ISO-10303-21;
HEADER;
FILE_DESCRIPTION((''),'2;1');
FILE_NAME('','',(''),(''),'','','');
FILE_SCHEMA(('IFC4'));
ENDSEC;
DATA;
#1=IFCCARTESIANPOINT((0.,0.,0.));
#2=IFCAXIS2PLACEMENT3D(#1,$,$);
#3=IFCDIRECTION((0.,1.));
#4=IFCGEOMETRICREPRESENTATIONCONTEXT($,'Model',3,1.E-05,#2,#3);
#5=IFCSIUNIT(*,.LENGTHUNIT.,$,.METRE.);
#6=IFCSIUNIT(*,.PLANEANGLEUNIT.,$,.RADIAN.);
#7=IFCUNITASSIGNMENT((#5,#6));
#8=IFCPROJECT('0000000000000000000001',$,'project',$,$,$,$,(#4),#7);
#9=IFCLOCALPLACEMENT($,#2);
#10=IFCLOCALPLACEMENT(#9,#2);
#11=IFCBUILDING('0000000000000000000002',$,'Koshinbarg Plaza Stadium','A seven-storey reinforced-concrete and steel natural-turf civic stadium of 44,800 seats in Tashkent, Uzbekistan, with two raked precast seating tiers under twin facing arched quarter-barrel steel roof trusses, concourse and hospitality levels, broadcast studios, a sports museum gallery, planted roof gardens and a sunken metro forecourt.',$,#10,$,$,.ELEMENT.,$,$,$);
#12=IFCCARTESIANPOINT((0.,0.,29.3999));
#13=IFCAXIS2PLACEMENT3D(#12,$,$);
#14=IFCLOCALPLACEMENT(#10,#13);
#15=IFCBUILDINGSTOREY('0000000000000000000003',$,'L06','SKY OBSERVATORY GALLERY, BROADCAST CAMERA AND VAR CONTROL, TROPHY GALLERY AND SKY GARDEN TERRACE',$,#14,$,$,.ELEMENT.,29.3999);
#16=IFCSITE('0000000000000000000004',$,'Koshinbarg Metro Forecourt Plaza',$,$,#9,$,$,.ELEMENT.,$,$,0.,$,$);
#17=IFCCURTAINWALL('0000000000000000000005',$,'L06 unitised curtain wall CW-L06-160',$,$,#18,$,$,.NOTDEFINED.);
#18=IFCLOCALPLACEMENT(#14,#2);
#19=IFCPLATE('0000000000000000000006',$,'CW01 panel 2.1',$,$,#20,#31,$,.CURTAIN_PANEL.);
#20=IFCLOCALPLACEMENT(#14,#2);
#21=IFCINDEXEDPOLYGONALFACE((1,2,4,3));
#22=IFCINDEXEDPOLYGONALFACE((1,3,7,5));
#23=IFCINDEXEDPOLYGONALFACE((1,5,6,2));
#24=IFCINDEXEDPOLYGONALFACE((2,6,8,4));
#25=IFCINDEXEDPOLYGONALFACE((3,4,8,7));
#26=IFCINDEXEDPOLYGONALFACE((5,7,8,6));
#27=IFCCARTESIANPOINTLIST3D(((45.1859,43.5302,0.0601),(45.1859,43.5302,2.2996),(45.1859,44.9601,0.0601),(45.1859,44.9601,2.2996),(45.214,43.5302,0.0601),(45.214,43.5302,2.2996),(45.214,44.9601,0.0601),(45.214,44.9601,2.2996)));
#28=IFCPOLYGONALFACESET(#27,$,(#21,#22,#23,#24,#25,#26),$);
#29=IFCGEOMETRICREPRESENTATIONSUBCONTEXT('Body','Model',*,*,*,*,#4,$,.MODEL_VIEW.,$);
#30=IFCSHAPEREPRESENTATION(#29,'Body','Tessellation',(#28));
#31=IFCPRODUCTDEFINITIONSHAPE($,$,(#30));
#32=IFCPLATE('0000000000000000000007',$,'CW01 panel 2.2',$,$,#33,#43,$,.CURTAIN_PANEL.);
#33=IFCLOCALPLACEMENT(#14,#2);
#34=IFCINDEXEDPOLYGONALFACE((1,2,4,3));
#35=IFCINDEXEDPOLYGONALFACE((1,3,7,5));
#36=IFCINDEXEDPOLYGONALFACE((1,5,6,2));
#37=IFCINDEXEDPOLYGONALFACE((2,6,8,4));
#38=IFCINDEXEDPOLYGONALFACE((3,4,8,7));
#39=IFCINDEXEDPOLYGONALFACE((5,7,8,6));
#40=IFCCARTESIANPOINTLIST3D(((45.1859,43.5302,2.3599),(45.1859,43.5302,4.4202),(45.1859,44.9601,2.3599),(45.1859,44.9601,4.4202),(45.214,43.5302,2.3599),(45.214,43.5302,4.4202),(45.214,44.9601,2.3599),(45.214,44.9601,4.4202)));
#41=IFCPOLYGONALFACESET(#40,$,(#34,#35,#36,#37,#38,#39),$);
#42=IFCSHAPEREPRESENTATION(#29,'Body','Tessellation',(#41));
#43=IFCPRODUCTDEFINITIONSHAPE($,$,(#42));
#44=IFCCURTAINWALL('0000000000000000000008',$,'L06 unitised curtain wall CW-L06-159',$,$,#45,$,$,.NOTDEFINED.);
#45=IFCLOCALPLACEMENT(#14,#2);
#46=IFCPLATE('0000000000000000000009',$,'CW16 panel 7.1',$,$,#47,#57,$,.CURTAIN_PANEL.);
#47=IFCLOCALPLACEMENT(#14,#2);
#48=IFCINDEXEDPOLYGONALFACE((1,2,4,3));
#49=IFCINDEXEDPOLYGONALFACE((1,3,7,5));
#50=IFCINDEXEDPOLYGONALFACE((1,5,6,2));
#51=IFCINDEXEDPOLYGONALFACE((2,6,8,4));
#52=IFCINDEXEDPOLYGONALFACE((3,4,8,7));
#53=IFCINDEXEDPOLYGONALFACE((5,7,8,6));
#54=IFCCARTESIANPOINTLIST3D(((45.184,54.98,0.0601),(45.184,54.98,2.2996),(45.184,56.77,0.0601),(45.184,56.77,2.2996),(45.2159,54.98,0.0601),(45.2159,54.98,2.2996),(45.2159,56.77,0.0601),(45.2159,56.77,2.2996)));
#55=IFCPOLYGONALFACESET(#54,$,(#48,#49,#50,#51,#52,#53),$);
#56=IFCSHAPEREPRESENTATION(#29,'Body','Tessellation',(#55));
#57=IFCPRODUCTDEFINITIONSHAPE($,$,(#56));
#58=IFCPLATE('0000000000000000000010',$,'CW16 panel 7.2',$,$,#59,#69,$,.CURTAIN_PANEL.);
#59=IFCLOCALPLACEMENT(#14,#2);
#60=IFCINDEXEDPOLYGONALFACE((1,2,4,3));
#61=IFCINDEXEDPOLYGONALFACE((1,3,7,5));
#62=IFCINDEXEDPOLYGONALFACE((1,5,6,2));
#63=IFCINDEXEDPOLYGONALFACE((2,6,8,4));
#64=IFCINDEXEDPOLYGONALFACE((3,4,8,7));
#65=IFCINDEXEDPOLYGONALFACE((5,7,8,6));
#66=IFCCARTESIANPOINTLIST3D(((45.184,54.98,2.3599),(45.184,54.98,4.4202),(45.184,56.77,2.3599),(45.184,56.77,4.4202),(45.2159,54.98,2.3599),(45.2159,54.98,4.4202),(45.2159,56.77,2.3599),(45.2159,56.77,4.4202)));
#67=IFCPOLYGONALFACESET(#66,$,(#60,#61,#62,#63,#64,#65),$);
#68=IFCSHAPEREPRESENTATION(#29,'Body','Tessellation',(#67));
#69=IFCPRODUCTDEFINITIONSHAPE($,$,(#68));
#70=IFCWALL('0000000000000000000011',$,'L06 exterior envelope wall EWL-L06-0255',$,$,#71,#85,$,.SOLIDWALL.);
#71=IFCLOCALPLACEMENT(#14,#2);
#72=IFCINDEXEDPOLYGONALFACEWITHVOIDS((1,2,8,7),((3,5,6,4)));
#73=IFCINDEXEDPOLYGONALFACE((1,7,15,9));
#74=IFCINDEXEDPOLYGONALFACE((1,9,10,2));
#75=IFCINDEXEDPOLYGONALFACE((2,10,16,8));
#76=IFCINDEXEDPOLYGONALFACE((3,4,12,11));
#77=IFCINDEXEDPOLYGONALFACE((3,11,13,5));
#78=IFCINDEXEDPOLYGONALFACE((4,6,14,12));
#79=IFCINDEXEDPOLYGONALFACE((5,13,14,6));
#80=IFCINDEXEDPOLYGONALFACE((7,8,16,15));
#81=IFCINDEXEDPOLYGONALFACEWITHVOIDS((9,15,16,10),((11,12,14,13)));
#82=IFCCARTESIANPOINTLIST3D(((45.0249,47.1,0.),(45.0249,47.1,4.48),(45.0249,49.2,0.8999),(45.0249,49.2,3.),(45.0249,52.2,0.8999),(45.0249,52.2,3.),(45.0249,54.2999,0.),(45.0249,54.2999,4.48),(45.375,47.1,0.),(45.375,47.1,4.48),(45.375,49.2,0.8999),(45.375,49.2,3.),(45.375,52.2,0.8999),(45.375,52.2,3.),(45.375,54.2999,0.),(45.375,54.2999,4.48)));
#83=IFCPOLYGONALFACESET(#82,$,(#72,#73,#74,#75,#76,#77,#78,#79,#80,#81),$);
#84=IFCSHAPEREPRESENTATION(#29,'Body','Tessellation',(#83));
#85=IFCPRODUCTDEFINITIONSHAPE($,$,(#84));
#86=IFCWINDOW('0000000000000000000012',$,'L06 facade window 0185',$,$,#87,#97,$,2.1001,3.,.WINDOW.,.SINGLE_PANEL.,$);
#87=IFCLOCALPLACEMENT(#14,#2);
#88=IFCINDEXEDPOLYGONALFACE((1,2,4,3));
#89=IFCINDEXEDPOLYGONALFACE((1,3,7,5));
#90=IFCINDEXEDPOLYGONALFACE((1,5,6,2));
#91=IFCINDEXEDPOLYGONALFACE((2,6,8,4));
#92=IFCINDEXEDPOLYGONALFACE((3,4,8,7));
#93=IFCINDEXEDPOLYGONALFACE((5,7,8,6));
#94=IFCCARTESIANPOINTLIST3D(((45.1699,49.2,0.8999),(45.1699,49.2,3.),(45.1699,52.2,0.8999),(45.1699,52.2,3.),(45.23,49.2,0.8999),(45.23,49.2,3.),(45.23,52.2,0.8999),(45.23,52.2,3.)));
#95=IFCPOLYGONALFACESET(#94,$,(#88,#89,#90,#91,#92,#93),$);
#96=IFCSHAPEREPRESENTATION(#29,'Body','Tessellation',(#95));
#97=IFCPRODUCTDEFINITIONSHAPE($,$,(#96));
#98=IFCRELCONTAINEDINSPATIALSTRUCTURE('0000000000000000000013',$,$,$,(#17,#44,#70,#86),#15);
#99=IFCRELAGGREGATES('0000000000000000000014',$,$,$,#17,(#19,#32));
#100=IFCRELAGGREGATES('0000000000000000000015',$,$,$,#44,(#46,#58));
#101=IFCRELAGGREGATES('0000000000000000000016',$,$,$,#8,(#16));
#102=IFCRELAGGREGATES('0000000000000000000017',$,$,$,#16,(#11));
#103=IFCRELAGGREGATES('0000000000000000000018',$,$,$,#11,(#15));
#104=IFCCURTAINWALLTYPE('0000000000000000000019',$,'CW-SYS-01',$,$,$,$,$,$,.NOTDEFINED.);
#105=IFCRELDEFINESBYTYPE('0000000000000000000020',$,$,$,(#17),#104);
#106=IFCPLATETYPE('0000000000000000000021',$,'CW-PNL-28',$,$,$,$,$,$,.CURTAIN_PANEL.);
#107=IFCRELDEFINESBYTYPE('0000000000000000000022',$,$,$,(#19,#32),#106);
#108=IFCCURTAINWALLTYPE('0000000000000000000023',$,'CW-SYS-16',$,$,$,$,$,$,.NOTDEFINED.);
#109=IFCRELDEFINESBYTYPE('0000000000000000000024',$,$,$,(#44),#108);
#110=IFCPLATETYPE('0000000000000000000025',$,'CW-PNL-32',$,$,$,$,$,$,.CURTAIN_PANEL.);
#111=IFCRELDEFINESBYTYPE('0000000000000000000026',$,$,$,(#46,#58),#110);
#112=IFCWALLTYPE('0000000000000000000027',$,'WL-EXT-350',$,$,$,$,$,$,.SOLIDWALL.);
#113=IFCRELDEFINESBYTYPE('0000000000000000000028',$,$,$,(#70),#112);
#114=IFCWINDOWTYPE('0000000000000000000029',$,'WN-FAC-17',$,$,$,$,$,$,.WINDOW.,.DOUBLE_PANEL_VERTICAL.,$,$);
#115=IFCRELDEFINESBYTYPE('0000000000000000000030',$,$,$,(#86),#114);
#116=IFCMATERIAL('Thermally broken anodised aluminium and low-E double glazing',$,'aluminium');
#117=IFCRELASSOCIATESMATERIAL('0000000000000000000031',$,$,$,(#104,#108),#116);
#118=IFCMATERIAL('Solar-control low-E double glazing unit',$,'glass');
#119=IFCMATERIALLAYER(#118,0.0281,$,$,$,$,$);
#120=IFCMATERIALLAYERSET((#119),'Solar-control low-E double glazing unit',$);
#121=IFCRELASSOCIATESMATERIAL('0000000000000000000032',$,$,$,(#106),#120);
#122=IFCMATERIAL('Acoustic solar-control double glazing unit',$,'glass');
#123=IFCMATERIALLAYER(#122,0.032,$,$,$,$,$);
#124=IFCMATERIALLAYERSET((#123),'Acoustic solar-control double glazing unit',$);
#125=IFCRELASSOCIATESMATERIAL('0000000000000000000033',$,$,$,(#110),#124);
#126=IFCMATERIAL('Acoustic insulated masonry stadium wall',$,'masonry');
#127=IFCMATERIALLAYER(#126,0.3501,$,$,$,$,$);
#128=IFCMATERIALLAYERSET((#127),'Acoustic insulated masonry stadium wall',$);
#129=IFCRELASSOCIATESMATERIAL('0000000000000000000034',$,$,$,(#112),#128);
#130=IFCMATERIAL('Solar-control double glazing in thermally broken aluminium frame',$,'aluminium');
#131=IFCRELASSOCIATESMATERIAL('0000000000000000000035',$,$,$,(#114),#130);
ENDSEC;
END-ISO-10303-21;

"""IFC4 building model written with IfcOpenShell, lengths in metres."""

from ifc_helpers import new_model, si_unit, direction, frame, frame_2d, origin, origin_2d, place, context, subcontext, project, spatial, rectangle, extrude, material, layer, layer_set, type_object, element, fill, aggregate, save


model = new_model("IFC4")

# Units and contexts
model_context = context("Model", 3, precision=1e-05, world=origin(), true_north=direction((0.0, 1.0)))
body_context = subcontext(model_context, "Body", "Model", "MODEL_VIEW")
ifc_project = project(units=[si_unit("LENGTHUNIT", "METRE"), si_unit("PLANEANGLEUNIT", "RADIAN")], contexts=[model_context])

# Site, building, storey
site_placement = place(None, origin())
site = spatial("IfcSite", under=ifc_project, at=site_placement, Name="Koshinbarg Metro Forecourt Plaza", CompositionType="ELEMENT", RefElevation=0.0)
building_placement = place(site_placement, origin())
building = spatial("IfcBuilding", under=site, at=building_placement, Name="Koshinbarg Plaza Stadium", Description="A seven-storey reinforced-concrete and steel natural-turf civic stadium of 44,800 seats in Tashkent, Uzbekistan, with two raked precast seating tiers under twin facing arched quarter-barrel steel roof trusses, concourse and hospitality levels, broadcast studios, a sports museum gallery, planted roof gardens and a sunken metro forecourt.", CompositionType="ELEMENT")
storey_placement = place(building_placement, frame((0.0, 0.0, 29.3999)))
storey = spatial("IfcBuildingStorey", under=building, at=storey_placement, Name="L06", Description="SKY OBSERVATORY GALLERY, BROADCAST CAMERA AND VAR CONTROL, TROPHY GALLERY AND SKY GARDEN TERRACE", CompositionType="ELEMENT", Elevation=29.3999)

# Curtain wall, plates
ifc_material_1 = material(Name="Thermally broken anodised aluminium and low-E double glazing", Category="aluminium")
curtain_wall_type_1 = type_object("IfcCurtainWallType", Name="CW-SYS-01", PredefinedType="NOTDEFINED", material=ifc_material_1)
curtain_wall_1_placement = place(storey_placement, origin())
curtain_wall_1 = element("IfcCurtainWall", 1, at=curtain_wall_1_placement, inside=storey, type_object=curtain_wall_type_1, Name="L06 unitised curtain wall CW-L06-160", PredefinedType="NOTDEFINED")
ifc_material_2 = material(Name="Solar-control low-E double glazing unit", Category="glass")
ifc_layer_1 = layer(ifc_material_2, 0.0281)
ifc_layer_set_1 = layer_set([ifc_layer_1], Name="Solar-control low-E double glazing unit")
plate_type_1 = type_object("IfcPlateType", Name="CW-PNL-28", PredefinedType="CURTAIN_PANEL", material=ifc_layer_set_1)
plate_1_placement = place(storey_placement, frame((45.2, 44.2451, 0.0601), z_axis=(0.0, 0.0, 1.0), x_axis=(0.0, -1.0, 0.0)))
plate_1 = element("IfcPlate", 2, at=plate_1_placement, type_object=plate_type_1, Name="CW01 panel 2.1", PredefinedType="CURTAIN_PANEL", context=body_context, shape_type="SweptSolid", body=[
    extrude(rectangle(XDim=1.4299, YDim=0.0281, at=origin_2d()), origin(), (0.0, 0.0, 1.0), 2.2395),
])
plate_2_placement = place(storey_placement, frame((45.2, 44.2451, 2.3599), z_axis=(0.0, 0.0, 1.0), x_axis=(0.0, -1.0, 0.0)))
plate_2 = element("IfcPlate", 3, at=plate_2_placement, type_object=plate_type_1, Name="CW01 panel 2.2", PredefinedType="CURTAIN_PANEL", context=body_context, shape_type="SweptSolid", body=[
    extrude(rectangle(XDim=1.4299, YDim=0.0281, at=origin_2d()), origin(), (0.0, 0.0, 1.0), 2.0603),
])
aggregate(curtain_wall_1, [plate_1, plate_2])

# Curtain wall, plates
curtain_wall_type_2 = type_object("IfcCurtainWallType", Name="CW-SYS-16", PredefinedType="NOTDEFINED", material=ifc_material_1)
curtain_wall_2_placement = place(storey_placement, origin())
curtain_wall_2 = element("IfcCurtainWall", 4, at=curtain_wall_2_placement, inside=storey, type_object=curtain_wall_type_2, Name="L06 unitised curtain wall CW-L06-159", PredefinedType="NOTDEFINED")
ifc_material_3 = material(Name="Acoustic solar-control double glazing unit", Category="glass")
ifc_layer_2 = layer(ifc_material_3, 0.032)
ifc_layer_set_2 = layer_set([ifc_layer_2], Name="Acoustic solar-control double glazing unit")
plate_type_2 = type_object("IfcPlateType", Name="CW-PNL-32", PredefinedType="CURTAIN_PANEL", material=ifc_layer_set_2)
plate_3_placement = place(storey_placement, frame((45.2, 55.875, 0.0601), z_axis=(0.0, 0.0, 1.0), x_axis=(0.0, -1.0, 0.0)))
plate_3 = element("IfcPlate", 5, at=plate_3_placement, type_object=plate_type_2, Name="CW16 panel 7.1", PredefinedType="CURTAIN_PANEL", context=body_context, shape_type="SweptSolid", body=[
    extrude(rectangle(XDim=1.79, YDim=0.032, at=origin_2d()), origin(), (0.0, 0.0, 1.0), 2.2395),
])
plate_4_placement = place(storey_placement, frame((45.2, 55.875, 2.3599), z_axis=(0.0, 0.0, 1.0), x_axis=(0.0, -1.0, 0.0)))
plate_4 = element("IfcPlate", 6, at=plate_4_placement, type_object=plate_type_2, Name="CW16 panel 7.2", PredefinedType="CURTAIN_PANEL", context=body_context, shape_type="SweptSolid", body=[
    extrude(rectangle(XDim=1.79, YDim=0.032, at=origin_2d()), origin(), (0.0, 0.0, 1.0), 2.0603),
])
aggregate(curtain_wall_2, [plate_3, plate_4])

# Wall, opening, window
ifc_material_4 = material(Name="Acoustic insulated masonry stadium wall", Category="masonry")
ifc_layer_3 = layer(ifc_material_4, 0.3501)
ifc_layer_set_3 = layer_set([ifc_layer_3], Name="Acoustic insulated masonry stadium wall")
wall_type = type_object("IfcWallType", Name="WL-EXT-350", PredefinedType="SOLIDWALL", material=ifc_layer_set_3)
wall_placement = place(storey_placement, frame((45.2, 54.3, 0.0), z_axis=(0.0, 0.0, 1.0), x_axis=(0.0, -1.0, 0.0)))
wall = element("IfcWall", 7, at=wall_placement, inside=storey, type_object=wall_type, Name="L06 exterior envelope wall EWL-L06-0255", PredefinedType="SOLIDWALL", context=body_context, shape_type="SweptSolid", body=[
    extrude(rectangle(XDim=7.2, YDim=0.3501, at=frame_2d((3.6001, 0.0))), origin(), (0.0, 0.0, 1.0), 4.48),
])
opening_placement = place(wall_placement, frame((2.1001, 0.0, 0.8999)))
opening = element("IfcOpeningElement", 8, at=opening_placement, cuts=wall, PredefinedType="OPENING", context=body_context, shape_type="SweptSolid", body=[
    extrude(rectangle(XDim=3.0, YDim=2.1001, at=frame_2d((1.5, 1.05))), frame((0.0, 0.1851, 0.0), z_axis=(0.0, -1.0, 0.0), x_axis=(1.0, 0.0, 0.0)), (0.0, 0.0, 1.0), 0.3701),
])
ifc_material_5 = material(Name="Solar-control double glazing in thermally broken aluminium frame", Category="aluminium")
window_type = type_object("IfcWindowType", Name="WN-FAC-17", PartitioningType="DOUBLE_PANEL_VERTICAL", PredefinedType="WINDOW", material=ifc_material_5)
window_placement = place(opening_placement, origin())
window = element("IfcWindow", 9, at=window_placement, inside=storey, type_object=window_type, Name="L06 facade window 0185", OverallHeight=2.1001, OverallWidth=3.0, PartitioningType="SINGLE_PANEL", PredefinedType="WINDOW", context=body_context, shape_type="SweptSolid", body=[
    extrude(rectangle(XDim=3.0, YDim=2.1001, at=frame_2d((1.5, 1.05))), frame((0.0, 0.03, 0.0), z_axis=(0.0, -1.0, 0.0), x_axis=(1.0, 0.0, 0.0)), (0.0, 0.0, 1.0), 0.0601),
])
fill(opening, window)

save(model, "model.ifc")
